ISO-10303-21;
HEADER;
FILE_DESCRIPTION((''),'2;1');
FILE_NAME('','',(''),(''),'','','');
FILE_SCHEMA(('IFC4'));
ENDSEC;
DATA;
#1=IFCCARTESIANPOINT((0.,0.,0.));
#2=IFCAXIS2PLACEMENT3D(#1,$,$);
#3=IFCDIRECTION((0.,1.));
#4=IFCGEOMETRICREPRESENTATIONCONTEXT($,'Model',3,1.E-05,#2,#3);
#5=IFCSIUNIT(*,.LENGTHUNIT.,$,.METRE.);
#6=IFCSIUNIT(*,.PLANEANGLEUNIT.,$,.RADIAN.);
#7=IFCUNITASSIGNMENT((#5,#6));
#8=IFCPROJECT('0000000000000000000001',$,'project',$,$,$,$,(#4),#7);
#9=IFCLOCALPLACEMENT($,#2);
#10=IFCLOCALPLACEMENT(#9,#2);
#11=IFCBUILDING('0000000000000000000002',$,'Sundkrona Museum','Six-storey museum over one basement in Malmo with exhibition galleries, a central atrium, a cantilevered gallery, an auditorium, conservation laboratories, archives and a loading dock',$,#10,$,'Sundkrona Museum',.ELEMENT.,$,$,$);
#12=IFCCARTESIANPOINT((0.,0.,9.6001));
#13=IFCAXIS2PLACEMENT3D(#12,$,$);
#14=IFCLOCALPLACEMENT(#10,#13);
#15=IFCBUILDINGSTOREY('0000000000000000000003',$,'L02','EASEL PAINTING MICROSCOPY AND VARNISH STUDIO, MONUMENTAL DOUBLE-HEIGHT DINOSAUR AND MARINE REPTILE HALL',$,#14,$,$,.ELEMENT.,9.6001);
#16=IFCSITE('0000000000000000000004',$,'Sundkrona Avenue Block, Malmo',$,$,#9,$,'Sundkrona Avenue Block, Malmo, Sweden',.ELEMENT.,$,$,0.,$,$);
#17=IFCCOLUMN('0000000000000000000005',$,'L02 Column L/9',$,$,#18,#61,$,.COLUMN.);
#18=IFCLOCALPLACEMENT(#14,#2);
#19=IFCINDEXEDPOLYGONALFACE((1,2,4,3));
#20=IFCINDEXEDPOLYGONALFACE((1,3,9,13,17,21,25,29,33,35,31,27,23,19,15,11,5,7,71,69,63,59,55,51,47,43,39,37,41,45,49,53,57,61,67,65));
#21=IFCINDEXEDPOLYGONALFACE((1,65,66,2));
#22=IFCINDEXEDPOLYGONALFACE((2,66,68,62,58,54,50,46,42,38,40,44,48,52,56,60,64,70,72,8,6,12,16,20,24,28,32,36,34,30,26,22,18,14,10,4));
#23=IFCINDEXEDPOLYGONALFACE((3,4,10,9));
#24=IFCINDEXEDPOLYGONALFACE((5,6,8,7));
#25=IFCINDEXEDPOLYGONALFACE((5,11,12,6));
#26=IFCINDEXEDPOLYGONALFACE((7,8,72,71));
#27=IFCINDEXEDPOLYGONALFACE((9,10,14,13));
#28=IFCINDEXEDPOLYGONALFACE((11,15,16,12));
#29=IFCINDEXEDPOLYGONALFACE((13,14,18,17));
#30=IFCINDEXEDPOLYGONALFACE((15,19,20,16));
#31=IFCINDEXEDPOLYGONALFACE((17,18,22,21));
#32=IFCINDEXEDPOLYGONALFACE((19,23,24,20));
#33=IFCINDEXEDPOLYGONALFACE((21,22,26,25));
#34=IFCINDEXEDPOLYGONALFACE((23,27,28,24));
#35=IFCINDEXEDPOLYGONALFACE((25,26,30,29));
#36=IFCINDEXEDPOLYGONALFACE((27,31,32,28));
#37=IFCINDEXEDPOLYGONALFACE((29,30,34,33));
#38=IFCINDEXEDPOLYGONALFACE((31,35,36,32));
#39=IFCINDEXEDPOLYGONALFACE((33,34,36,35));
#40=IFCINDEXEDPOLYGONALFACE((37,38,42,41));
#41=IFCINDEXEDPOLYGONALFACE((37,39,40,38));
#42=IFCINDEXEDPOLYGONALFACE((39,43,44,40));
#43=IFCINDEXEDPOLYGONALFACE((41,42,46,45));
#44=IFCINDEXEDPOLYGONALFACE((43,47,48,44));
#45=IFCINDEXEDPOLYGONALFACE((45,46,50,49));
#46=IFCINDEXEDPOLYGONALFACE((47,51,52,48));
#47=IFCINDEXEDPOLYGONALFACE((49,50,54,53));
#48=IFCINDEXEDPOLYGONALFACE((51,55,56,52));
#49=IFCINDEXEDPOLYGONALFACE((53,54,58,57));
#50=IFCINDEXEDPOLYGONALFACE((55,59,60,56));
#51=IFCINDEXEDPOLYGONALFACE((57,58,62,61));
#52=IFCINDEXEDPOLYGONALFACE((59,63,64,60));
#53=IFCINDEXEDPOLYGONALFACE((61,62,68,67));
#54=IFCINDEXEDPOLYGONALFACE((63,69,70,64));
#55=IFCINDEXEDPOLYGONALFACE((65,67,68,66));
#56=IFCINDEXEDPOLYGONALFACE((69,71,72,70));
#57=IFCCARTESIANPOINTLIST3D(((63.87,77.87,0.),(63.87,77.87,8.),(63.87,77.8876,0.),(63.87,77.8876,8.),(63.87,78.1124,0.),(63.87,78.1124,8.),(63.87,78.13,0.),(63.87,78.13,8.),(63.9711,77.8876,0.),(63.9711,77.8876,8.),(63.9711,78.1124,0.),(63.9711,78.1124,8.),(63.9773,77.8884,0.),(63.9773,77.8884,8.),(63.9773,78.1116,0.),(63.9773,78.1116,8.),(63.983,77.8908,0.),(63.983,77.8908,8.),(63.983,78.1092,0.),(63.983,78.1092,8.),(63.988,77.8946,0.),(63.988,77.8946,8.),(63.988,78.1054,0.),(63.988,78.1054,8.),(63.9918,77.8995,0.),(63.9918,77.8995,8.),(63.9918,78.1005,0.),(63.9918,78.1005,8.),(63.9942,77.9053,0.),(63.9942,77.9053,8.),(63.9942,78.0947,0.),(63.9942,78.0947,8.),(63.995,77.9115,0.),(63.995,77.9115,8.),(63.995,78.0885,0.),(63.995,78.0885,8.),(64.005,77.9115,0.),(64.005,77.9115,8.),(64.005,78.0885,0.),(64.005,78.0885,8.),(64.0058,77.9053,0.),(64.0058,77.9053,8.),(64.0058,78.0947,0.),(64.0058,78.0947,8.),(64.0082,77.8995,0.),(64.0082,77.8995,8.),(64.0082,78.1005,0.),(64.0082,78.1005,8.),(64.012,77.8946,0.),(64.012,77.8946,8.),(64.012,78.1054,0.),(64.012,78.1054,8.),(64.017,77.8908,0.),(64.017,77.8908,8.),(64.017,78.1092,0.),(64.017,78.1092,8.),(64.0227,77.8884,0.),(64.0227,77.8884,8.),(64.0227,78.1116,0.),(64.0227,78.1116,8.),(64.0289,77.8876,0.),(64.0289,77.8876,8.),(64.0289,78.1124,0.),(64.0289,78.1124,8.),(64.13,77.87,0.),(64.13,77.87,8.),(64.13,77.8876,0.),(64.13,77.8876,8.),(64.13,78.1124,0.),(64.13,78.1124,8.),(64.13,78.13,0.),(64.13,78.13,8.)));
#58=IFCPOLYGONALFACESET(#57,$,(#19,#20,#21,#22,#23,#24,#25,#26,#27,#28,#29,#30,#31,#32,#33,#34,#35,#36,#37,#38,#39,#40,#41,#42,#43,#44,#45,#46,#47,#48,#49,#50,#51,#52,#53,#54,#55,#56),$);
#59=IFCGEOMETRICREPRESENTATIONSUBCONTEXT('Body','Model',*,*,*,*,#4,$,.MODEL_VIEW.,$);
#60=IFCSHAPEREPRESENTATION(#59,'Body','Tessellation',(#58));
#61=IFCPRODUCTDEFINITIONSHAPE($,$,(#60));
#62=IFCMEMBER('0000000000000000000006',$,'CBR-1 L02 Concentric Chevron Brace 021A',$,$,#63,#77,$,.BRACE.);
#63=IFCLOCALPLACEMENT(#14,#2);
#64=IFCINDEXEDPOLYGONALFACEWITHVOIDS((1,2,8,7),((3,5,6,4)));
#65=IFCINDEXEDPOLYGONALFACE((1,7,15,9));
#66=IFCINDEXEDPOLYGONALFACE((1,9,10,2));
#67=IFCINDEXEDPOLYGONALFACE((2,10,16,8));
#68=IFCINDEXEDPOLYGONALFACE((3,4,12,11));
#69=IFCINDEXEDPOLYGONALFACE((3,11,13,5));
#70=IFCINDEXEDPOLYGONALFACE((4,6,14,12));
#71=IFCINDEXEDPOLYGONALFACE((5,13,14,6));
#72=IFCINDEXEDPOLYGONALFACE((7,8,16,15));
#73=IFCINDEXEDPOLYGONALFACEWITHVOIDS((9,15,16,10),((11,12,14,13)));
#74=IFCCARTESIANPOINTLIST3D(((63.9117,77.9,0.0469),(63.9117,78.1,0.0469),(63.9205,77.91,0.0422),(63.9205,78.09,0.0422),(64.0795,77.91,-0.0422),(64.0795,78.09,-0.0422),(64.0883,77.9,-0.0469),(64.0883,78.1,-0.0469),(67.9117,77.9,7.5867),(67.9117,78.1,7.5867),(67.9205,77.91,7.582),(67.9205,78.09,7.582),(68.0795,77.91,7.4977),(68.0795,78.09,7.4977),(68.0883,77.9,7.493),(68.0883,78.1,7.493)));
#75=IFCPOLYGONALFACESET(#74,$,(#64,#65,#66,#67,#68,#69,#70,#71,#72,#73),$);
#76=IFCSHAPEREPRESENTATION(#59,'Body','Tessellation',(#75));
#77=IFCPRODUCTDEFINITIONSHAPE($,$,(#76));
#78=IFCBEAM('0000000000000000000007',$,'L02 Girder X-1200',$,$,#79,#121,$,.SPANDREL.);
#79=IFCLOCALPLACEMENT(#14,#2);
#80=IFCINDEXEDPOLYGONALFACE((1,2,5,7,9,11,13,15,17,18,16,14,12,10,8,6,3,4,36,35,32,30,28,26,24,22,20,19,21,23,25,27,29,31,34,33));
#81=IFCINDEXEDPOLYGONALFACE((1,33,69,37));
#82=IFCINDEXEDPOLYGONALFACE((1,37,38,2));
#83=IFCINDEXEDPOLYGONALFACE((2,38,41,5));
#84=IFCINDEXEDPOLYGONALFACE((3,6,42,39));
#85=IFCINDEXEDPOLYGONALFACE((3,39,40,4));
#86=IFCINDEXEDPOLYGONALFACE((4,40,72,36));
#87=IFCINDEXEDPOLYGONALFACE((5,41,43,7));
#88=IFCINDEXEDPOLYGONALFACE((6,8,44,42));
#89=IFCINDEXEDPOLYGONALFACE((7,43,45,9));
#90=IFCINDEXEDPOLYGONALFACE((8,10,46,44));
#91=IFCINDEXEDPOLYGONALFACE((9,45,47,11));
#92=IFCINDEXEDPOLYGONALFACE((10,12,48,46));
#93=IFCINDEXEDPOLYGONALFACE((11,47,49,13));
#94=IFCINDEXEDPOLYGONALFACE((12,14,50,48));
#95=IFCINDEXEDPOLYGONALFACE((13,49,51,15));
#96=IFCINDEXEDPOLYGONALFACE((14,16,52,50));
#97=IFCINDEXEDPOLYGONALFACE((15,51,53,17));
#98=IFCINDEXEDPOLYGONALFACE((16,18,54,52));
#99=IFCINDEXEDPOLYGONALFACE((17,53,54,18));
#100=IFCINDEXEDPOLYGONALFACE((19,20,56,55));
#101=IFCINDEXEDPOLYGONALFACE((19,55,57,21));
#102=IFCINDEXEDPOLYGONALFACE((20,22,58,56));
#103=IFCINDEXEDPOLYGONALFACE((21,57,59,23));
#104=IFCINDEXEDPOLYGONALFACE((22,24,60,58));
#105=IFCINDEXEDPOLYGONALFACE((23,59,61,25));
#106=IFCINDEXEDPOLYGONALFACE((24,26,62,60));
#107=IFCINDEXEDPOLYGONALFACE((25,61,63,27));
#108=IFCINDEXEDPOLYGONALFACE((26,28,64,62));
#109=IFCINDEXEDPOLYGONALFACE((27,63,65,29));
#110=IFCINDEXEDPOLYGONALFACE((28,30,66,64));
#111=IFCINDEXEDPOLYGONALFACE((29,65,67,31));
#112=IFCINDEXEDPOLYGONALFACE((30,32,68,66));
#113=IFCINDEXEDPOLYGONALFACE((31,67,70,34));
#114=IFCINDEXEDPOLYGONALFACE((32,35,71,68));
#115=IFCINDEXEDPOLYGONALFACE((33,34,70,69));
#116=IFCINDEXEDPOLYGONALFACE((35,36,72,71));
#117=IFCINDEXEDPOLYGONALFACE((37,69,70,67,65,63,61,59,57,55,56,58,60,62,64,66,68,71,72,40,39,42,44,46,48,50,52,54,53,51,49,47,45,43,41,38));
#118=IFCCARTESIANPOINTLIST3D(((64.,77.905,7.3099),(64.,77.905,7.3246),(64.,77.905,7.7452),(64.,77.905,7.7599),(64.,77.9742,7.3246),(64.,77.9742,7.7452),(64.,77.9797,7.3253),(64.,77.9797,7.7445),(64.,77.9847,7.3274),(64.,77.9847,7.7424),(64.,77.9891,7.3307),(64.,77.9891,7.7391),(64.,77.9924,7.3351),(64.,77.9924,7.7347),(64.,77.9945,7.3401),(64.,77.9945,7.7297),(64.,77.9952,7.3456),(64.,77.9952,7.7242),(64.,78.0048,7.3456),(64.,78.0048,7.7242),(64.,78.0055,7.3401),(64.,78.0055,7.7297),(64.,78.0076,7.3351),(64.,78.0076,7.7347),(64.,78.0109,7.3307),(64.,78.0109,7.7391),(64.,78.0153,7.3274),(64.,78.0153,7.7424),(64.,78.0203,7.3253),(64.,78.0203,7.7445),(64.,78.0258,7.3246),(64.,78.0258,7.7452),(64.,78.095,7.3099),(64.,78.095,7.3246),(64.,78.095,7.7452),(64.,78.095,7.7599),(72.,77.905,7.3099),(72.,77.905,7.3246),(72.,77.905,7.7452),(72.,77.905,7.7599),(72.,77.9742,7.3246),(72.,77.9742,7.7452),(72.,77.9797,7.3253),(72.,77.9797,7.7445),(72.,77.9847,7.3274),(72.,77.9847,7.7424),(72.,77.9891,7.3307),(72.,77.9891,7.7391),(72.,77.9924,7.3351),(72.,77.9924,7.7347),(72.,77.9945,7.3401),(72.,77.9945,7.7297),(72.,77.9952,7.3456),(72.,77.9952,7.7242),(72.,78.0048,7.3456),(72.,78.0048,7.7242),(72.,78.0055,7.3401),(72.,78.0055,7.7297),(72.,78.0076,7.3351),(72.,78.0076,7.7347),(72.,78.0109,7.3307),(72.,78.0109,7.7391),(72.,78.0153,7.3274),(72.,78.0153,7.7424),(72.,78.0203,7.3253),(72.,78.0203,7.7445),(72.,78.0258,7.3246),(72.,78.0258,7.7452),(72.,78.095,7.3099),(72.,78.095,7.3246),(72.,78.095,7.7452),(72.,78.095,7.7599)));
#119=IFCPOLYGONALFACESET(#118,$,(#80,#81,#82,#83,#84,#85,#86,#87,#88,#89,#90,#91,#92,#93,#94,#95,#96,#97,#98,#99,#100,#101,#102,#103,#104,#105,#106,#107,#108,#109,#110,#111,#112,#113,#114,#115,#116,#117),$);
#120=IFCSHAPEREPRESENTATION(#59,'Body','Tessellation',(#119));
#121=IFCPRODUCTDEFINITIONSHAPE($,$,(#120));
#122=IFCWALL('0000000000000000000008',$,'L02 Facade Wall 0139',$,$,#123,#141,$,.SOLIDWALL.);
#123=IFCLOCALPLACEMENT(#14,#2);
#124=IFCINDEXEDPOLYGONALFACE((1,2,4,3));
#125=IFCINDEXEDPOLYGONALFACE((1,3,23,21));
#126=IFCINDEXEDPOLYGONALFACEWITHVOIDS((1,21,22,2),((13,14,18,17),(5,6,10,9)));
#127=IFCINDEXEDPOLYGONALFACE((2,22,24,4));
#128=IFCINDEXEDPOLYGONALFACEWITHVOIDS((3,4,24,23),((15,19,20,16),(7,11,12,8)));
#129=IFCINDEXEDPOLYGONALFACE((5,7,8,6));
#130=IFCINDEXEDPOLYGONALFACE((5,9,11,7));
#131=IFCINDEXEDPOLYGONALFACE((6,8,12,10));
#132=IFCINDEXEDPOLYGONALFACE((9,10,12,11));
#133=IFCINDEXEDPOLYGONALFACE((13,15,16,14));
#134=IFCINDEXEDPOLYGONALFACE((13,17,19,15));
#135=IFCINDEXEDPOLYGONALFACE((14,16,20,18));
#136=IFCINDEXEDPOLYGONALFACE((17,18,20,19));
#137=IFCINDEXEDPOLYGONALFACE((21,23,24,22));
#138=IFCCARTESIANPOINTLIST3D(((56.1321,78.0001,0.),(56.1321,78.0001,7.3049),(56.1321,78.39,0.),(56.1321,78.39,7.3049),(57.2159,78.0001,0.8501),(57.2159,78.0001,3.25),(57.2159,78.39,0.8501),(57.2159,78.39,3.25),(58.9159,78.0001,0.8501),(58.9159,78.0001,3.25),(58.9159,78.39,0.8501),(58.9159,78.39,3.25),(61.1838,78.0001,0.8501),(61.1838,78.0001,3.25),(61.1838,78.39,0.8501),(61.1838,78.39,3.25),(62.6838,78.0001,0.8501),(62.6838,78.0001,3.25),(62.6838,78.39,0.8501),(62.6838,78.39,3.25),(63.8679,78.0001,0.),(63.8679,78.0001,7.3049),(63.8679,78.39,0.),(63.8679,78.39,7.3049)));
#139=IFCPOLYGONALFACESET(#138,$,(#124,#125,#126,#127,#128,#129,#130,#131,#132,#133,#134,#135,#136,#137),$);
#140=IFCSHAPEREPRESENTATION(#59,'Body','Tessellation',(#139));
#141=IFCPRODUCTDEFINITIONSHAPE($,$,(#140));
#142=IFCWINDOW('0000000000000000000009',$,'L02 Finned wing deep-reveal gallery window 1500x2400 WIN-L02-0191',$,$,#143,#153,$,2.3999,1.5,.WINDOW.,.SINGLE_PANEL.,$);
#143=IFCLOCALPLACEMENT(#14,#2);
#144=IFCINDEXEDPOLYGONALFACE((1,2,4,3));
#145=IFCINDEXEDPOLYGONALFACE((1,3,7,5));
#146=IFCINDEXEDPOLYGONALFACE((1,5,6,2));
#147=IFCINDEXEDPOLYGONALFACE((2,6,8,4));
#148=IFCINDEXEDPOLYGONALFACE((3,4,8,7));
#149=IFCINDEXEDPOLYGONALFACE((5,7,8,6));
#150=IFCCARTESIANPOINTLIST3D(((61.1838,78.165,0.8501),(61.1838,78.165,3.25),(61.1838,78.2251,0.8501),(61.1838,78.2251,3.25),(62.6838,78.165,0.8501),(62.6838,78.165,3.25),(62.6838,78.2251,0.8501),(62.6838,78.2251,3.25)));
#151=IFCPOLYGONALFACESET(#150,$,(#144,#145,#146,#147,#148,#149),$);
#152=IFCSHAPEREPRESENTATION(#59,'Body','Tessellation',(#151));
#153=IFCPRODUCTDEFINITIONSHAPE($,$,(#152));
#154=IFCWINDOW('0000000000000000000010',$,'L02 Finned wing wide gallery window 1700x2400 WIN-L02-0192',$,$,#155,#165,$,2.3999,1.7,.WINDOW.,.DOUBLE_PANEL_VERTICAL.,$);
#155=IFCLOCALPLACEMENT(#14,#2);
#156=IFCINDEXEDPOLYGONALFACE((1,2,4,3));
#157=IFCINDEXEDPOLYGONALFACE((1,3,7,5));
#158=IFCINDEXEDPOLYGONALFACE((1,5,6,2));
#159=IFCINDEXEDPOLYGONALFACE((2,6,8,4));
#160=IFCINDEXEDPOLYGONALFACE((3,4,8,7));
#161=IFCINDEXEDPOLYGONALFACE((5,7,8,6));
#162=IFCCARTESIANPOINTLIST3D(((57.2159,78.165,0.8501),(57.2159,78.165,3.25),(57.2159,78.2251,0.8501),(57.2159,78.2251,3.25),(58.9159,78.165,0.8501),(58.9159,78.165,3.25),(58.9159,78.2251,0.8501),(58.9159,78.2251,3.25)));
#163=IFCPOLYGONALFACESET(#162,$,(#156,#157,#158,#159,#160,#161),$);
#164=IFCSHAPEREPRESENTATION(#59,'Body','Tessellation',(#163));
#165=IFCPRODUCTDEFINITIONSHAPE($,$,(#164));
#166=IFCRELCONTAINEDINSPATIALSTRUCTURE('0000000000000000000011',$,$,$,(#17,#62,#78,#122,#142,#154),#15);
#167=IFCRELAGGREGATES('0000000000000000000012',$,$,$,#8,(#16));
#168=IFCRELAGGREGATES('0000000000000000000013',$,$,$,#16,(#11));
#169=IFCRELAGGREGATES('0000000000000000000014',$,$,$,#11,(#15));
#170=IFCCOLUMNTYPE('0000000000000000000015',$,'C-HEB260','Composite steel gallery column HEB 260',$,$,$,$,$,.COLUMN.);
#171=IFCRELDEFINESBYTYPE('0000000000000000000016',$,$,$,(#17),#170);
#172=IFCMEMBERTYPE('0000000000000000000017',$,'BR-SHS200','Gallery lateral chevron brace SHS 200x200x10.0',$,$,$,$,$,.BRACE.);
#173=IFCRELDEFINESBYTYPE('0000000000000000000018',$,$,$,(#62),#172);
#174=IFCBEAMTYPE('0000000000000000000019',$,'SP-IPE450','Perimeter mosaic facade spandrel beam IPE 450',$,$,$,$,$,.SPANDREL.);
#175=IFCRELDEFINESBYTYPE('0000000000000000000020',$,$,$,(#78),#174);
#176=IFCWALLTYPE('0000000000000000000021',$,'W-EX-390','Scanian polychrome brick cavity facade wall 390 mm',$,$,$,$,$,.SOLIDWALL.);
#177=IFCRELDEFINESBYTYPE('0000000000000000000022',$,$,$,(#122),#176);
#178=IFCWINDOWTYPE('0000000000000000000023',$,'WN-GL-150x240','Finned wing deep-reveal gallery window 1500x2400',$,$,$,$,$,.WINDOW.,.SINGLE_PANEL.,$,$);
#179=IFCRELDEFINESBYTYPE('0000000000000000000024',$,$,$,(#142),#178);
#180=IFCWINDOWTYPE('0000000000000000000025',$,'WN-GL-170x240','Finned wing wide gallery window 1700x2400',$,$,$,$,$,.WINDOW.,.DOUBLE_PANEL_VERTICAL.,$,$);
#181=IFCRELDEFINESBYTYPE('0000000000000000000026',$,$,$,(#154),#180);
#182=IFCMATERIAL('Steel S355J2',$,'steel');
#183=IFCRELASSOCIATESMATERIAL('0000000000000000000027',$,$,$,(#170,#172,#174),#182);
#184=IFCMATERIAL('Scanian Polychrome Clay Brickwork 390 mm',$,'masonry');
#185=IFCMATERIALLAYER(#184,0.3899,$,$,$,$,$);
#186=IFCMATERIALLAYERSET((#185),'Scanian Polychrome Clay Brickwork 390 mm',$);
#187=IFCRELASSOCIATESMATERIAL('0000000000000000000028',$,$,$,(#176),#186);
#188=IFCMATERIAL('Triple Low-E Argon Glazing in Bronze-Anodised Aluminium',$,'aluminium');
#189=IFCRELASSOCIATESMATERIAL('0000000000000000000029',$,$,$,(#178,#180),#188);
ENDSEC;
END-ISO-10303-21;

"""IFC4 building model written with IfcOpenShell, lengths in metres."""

from ifc_helpers import new_model, si_unit, direction, frame, frame_2d, origin, origin_2d, place, context, subcontext, project, spatial, rectangle, hollow_rectangle, i_section, extrude, material, layer, layer_set, material_profile, profile_set, type_object, element, fill, save


model = new_model("IFC4")

# Units and contexts
model_context = context("Model", 3, precision=1e-05, world=origin(), true_north=direction((0.0, 1.0)))
body_context = subcontext(model_context, "Body", "Model", "MODEL_VIEW")
ifc_project = project(units=[si_unit("LENGTHUNIT", "METRE"), si_unit("PLANEANGLEUNIT", "RADIAN")], contexts=[model_context])

# Site, building, storey
site_placement = place(None, origin())
site = spatial("IfcSite", under=ifc_project, at=site_placement, Name="Sundkrona Avenue Block, Malmo", LongName="Sundkrona Avenue Block, Malmo, Sweden", CompositionType="ELEMENT", RefElevation=0.0)
building_placement = place(site_placement, origin())
building = spatial("IfcBuilding", under=site, at=building_placement, Name="Sundkrona Museum", Description="Six-storey museum over one basement in Malmo with exhibition galleries, a central atrium, a cantilevered gallery, an auditorium, conservation laboratories, archives and a loading dock", LongName="Sundkrona Museum", CompositionType="ELEMENT")
storey_placement = place(building_placement, frame((0.0, 0.0, 9.6001)))
storey = spatial("IfcBuildingStorey", under=building, at=storey_placement, Name="L02", Description="EASEL PAINTING MICROSCOPY AND VARNISH STUDIO, MONUMENTAL DOUBLE-HEIGHT DINOSAUR AND MARINE REPTILE HALL", CompositionType="ELEMENT", Elevation=9.6001)

# Column
ifc_material_1 = material(Name="Steel S355J2", Category="steel")
ifc_material_profile_1 = material_profile(ifc_material_1, i_section(OverallWidth=0.26, OverallDepth=0.26, WebThickness=0.01, FlangeThickness=0.0176, FilletRadius=0.0239, at=origin_2d()), Name="HEB 260")
ifc_profile_set_1 = profile_set([ifc_material_profile_1], Name="Steel S355J2")
column_type = type_object("IfcColumnType", Name="C-HEB260", Description="Composite steel gallery column HEB 260", PredefinedType="COLUMN", material=ifc_profile_set_1)
column_placement = place(storey_placement, frame((64.0, 78.0, 0.0), z_axis=(0.0, 0.0, 1.0), x_axis=(1.0, 0.0, 0.0)))
element("IfcColumn", 1, at=column_placement, inside=storey, type_object=column_type, Name="L02 Column L/9", PredefinedType="COLUMN", context=body_context, shape_type="SweptSolid", body=[
    extrude(i_section(OverallWidth=0.26, OverallDepth=0.26, WebThickness=0.01, FlangeThickness=0.0176, FilletRadius=0.0239, at=origin_2d()), origin(), (0.0, 0.0, 1.0), 8.0),
])

# Member
ifc_material_profile_2 = material_profile(ifc_material_1, hollow_rectangle(XDim=0.2, YDim=0.2, WallThickness=0.01, at=origin_2d()), Name="SHS 200x200x10.0")
ifc_profile_set_2 = profile_set([ifc_material_profile_2], Name="Steel S355J2")
member_type = type_object("IfcMemberType", Name="BR-SHS200", Description="Gallery lateral chevron brace SHS 200x200x10.0", PredefinedType="BRACE", material=ifc_profile_set_2)
member_placement = place(storey_placement, frame((64.0, 78.0, 0.0), z_axis=(0.468651, 0.0, 0.883383), x_axis=(0.0, 1.0, 0.0)))
element("IfcMember", 2, at=member_placement, inside=storey, type_object=member_type, Name="CBR-1 L02 Concentric Chevron Brace 021A", PredefinedType="BRACE", context=body_context, shape_type="SweptSolid", body=[
    extrude(hollow_rectangle(XDim=0.2, YDim=0.2, WallThickness=0.01, at=origin_2d()), origin(), (0.0, 0.0, 1.0), 8.5352),
])

# Beam
ifc_material_profile_3 = material_profile(ifc_material_1, i_section(OverallWidth=0.1899, OverallDepth=0.45, WebThickness=0.0095, FlangeThickness=0.0146, FilletRadius=0.021, at=origin_2d()), Name="IPE 450")
ifc_profile_set_3 = profile_set([ifc_material_profile_3], Name="Steel S355J2")
beam_type = type_object("IfcBeamType", Name="SP-IPE450", Description="Perimeter mosaic facade spandrel beam IPE 450", PredefinedType="SPANDREL", material=ifc_profile_set_3)
beam_placement = place(storey_placement, frame((64.0, 78.0, 7.5349), z_axis=(1.0, 0.0, 0.0), x_axis=(0.0, 1.0, 0.0)))
element("IfcBeam", 3, at=beam_placement, inside=storey, type_object=beam_type, Name="L02 Girder X-1200", PredefinedType="SPANDREL", context=body_context, shape_type="SweptSolid", body=[
    extrude(i_section(OverallWidth=0.1899, OverallDepth=0.45, WebThickness=0.0095, FlangeThickness=0.0146, FilletRadius=0.021, at=origin_2d()), origin(), (0.0, 0.0, 1.0), 8.0),
])

# Wall, openings, windows
ifc_material_2 = material(Name="Scanian Polychrome Clay Brickwork 390 mm", Category="masonry")
ifc_layer_1 = layer(ifc_material_2, 0.3899)
ifc_layer_set_1 = layer_set([ifc_layer_1], Name="Scanian Polychrome Clay Brickwork 390 mm")
wall_type = type_object("IfcWallType", Name="W-EX-390", Description="Scanian polychrome brick cavity facade wall 390 mm", PredefinedType="SOLIDWALL", material=ifc_layer_set_1)
wall_placement = place(storey_placement, frame((63.8679, 78.1951, 0.0), z_axis=(0.0, 0.0, 1.0), x_axis=(-1.0, 0.0, 0.0)))
wall = element("IfcWall", 4, at=wall_placement, inside=storey, type_object=wall_type, Name="L02 Facade Wall 0139", PredefinedType="SOLIDWALL", context=body_context, shape_type="SweptSolid", body=[
    extrude(rectangle(XDim=7.7358, YDim=0.3899, at=frame_2d((3.8679, 0.0))), origin(), (0.0, 0.0, 1.0), 7.3049),
])
opening_1_placement = place(wall_placement, frame((1.1841, 0.0, 0.8501)))
opening_1 = element("IfcOpeningElement", 5, at=opening_1_placement, cuts=wall, PredefinedType="OPENING", context=body_context, shape_type="SweptSolid", body=[
    extrude(rectangle(XDim=1.5, YDim=2.3999, at=frame_2d((0.75, 1.2))), frame((0.0, 0.2048, 0.0), z_axis=(0.0, -1.0, 0.0), x_axis=(1.0, 0.0, 0.0)), (0.0, 0.0, 1.0), 0.4099),
])
opening_2_placement = place(wall_placement, frame((4.9519, 0.0, 0.8501)))
opening_2 = element("IfcOpeningElement", 6, at=opening_2_placement, cuts=wall, PredefinedType="OPENING", context=body_context, shape_type="SweptSolid", body=[
    extrude(rectangle(XDim=1.7, YDim=2.3999, at=frame_2d((0.8501, 1.2))), frame((0.0, 0.2048, 0.0), z_axis=(0.0, -1.0, 0.0), x_axis=(1.0, 0.0, 0.0)), (0.0, 0.0, 1.0), 0.4099),
])
ifc_material_3 = material(Name="Triple Low-E Argon Glazing in Bronze-Anodised Aluminium", Category="aluminium")
window_type_1 = type_object("IfcWindowType", Name="WN-GL-150x240", Description="Finned wing deep-reveal gallery window 1500x2400", PartitioningType="SINGLE_PANEL", PredefinedType="WINDOW", material=ifc_material_3)
window_1_placement = place(opening_1_placement, origin())
window_1 = element("IfcWindow", 7, at=window_1_placement, inside=storey, type_object=window_type_1, Name="L02 Finned wing deep-reveal gallery window 1500x2400 WIN-L02-0191", OverallHeight=2.3999, OverallWidth=1.5, PartitioningType="SINGLE_PANEL", PredefinedType="WINDOW", context=body_context, shape_type="SweptSolid", body=[
    extrude(rectangle(XDim=1.5, YDim=2.3999, at=frame_2d((0.75, 1.2))), frame((0.0, 0.03, 0.0), z_axis=(0.0, -1.0, 0.0), x_axis=(1.0, 0.0, 0.0)), (0.0, 0.0, 1.0), 0.0601),
])
fill(opening_1, window_1)
window_type_2 = type_object("IfcWindowType", Name="WN-GL-170x240", Description="Finned wing wide gallery window 1700x2400", PartitioningType="DOUBLE_PANEL_VERTICAL", PredefinedType="WINDOW", material=ifc_material_3)
window_2_placement = place(opening_2_placement, origin())
window_2 = element("IfcWindow", 8, at=window_2_placement, inside=storey, type_object=window_type_2, Name="L02 Finned wing wide gallery window 1700x2400 WIN-L02-0192", OverallHeight=2.3999, OverallWidth=1.7, PartitioningType="DOUBLE_PANEL_VERTICAL", PredefinedType="WINDOW", context=body_context, shape_type="SweptSolid", body=[
    extrude(rectangle(XDim=1.7, YDim=2.3999, at=frame_2d((0.8501, 1.2))), frame((0.0, 0.03, 0.0), z_axis=(0.0, -1.0, 0.0), x_axis=(1.0, 0.0, 0.0)), (0.0, 0.0, 1.0), 0.0601),
])
fill(opening_2, window_2)

save(model, "model.ifc")
